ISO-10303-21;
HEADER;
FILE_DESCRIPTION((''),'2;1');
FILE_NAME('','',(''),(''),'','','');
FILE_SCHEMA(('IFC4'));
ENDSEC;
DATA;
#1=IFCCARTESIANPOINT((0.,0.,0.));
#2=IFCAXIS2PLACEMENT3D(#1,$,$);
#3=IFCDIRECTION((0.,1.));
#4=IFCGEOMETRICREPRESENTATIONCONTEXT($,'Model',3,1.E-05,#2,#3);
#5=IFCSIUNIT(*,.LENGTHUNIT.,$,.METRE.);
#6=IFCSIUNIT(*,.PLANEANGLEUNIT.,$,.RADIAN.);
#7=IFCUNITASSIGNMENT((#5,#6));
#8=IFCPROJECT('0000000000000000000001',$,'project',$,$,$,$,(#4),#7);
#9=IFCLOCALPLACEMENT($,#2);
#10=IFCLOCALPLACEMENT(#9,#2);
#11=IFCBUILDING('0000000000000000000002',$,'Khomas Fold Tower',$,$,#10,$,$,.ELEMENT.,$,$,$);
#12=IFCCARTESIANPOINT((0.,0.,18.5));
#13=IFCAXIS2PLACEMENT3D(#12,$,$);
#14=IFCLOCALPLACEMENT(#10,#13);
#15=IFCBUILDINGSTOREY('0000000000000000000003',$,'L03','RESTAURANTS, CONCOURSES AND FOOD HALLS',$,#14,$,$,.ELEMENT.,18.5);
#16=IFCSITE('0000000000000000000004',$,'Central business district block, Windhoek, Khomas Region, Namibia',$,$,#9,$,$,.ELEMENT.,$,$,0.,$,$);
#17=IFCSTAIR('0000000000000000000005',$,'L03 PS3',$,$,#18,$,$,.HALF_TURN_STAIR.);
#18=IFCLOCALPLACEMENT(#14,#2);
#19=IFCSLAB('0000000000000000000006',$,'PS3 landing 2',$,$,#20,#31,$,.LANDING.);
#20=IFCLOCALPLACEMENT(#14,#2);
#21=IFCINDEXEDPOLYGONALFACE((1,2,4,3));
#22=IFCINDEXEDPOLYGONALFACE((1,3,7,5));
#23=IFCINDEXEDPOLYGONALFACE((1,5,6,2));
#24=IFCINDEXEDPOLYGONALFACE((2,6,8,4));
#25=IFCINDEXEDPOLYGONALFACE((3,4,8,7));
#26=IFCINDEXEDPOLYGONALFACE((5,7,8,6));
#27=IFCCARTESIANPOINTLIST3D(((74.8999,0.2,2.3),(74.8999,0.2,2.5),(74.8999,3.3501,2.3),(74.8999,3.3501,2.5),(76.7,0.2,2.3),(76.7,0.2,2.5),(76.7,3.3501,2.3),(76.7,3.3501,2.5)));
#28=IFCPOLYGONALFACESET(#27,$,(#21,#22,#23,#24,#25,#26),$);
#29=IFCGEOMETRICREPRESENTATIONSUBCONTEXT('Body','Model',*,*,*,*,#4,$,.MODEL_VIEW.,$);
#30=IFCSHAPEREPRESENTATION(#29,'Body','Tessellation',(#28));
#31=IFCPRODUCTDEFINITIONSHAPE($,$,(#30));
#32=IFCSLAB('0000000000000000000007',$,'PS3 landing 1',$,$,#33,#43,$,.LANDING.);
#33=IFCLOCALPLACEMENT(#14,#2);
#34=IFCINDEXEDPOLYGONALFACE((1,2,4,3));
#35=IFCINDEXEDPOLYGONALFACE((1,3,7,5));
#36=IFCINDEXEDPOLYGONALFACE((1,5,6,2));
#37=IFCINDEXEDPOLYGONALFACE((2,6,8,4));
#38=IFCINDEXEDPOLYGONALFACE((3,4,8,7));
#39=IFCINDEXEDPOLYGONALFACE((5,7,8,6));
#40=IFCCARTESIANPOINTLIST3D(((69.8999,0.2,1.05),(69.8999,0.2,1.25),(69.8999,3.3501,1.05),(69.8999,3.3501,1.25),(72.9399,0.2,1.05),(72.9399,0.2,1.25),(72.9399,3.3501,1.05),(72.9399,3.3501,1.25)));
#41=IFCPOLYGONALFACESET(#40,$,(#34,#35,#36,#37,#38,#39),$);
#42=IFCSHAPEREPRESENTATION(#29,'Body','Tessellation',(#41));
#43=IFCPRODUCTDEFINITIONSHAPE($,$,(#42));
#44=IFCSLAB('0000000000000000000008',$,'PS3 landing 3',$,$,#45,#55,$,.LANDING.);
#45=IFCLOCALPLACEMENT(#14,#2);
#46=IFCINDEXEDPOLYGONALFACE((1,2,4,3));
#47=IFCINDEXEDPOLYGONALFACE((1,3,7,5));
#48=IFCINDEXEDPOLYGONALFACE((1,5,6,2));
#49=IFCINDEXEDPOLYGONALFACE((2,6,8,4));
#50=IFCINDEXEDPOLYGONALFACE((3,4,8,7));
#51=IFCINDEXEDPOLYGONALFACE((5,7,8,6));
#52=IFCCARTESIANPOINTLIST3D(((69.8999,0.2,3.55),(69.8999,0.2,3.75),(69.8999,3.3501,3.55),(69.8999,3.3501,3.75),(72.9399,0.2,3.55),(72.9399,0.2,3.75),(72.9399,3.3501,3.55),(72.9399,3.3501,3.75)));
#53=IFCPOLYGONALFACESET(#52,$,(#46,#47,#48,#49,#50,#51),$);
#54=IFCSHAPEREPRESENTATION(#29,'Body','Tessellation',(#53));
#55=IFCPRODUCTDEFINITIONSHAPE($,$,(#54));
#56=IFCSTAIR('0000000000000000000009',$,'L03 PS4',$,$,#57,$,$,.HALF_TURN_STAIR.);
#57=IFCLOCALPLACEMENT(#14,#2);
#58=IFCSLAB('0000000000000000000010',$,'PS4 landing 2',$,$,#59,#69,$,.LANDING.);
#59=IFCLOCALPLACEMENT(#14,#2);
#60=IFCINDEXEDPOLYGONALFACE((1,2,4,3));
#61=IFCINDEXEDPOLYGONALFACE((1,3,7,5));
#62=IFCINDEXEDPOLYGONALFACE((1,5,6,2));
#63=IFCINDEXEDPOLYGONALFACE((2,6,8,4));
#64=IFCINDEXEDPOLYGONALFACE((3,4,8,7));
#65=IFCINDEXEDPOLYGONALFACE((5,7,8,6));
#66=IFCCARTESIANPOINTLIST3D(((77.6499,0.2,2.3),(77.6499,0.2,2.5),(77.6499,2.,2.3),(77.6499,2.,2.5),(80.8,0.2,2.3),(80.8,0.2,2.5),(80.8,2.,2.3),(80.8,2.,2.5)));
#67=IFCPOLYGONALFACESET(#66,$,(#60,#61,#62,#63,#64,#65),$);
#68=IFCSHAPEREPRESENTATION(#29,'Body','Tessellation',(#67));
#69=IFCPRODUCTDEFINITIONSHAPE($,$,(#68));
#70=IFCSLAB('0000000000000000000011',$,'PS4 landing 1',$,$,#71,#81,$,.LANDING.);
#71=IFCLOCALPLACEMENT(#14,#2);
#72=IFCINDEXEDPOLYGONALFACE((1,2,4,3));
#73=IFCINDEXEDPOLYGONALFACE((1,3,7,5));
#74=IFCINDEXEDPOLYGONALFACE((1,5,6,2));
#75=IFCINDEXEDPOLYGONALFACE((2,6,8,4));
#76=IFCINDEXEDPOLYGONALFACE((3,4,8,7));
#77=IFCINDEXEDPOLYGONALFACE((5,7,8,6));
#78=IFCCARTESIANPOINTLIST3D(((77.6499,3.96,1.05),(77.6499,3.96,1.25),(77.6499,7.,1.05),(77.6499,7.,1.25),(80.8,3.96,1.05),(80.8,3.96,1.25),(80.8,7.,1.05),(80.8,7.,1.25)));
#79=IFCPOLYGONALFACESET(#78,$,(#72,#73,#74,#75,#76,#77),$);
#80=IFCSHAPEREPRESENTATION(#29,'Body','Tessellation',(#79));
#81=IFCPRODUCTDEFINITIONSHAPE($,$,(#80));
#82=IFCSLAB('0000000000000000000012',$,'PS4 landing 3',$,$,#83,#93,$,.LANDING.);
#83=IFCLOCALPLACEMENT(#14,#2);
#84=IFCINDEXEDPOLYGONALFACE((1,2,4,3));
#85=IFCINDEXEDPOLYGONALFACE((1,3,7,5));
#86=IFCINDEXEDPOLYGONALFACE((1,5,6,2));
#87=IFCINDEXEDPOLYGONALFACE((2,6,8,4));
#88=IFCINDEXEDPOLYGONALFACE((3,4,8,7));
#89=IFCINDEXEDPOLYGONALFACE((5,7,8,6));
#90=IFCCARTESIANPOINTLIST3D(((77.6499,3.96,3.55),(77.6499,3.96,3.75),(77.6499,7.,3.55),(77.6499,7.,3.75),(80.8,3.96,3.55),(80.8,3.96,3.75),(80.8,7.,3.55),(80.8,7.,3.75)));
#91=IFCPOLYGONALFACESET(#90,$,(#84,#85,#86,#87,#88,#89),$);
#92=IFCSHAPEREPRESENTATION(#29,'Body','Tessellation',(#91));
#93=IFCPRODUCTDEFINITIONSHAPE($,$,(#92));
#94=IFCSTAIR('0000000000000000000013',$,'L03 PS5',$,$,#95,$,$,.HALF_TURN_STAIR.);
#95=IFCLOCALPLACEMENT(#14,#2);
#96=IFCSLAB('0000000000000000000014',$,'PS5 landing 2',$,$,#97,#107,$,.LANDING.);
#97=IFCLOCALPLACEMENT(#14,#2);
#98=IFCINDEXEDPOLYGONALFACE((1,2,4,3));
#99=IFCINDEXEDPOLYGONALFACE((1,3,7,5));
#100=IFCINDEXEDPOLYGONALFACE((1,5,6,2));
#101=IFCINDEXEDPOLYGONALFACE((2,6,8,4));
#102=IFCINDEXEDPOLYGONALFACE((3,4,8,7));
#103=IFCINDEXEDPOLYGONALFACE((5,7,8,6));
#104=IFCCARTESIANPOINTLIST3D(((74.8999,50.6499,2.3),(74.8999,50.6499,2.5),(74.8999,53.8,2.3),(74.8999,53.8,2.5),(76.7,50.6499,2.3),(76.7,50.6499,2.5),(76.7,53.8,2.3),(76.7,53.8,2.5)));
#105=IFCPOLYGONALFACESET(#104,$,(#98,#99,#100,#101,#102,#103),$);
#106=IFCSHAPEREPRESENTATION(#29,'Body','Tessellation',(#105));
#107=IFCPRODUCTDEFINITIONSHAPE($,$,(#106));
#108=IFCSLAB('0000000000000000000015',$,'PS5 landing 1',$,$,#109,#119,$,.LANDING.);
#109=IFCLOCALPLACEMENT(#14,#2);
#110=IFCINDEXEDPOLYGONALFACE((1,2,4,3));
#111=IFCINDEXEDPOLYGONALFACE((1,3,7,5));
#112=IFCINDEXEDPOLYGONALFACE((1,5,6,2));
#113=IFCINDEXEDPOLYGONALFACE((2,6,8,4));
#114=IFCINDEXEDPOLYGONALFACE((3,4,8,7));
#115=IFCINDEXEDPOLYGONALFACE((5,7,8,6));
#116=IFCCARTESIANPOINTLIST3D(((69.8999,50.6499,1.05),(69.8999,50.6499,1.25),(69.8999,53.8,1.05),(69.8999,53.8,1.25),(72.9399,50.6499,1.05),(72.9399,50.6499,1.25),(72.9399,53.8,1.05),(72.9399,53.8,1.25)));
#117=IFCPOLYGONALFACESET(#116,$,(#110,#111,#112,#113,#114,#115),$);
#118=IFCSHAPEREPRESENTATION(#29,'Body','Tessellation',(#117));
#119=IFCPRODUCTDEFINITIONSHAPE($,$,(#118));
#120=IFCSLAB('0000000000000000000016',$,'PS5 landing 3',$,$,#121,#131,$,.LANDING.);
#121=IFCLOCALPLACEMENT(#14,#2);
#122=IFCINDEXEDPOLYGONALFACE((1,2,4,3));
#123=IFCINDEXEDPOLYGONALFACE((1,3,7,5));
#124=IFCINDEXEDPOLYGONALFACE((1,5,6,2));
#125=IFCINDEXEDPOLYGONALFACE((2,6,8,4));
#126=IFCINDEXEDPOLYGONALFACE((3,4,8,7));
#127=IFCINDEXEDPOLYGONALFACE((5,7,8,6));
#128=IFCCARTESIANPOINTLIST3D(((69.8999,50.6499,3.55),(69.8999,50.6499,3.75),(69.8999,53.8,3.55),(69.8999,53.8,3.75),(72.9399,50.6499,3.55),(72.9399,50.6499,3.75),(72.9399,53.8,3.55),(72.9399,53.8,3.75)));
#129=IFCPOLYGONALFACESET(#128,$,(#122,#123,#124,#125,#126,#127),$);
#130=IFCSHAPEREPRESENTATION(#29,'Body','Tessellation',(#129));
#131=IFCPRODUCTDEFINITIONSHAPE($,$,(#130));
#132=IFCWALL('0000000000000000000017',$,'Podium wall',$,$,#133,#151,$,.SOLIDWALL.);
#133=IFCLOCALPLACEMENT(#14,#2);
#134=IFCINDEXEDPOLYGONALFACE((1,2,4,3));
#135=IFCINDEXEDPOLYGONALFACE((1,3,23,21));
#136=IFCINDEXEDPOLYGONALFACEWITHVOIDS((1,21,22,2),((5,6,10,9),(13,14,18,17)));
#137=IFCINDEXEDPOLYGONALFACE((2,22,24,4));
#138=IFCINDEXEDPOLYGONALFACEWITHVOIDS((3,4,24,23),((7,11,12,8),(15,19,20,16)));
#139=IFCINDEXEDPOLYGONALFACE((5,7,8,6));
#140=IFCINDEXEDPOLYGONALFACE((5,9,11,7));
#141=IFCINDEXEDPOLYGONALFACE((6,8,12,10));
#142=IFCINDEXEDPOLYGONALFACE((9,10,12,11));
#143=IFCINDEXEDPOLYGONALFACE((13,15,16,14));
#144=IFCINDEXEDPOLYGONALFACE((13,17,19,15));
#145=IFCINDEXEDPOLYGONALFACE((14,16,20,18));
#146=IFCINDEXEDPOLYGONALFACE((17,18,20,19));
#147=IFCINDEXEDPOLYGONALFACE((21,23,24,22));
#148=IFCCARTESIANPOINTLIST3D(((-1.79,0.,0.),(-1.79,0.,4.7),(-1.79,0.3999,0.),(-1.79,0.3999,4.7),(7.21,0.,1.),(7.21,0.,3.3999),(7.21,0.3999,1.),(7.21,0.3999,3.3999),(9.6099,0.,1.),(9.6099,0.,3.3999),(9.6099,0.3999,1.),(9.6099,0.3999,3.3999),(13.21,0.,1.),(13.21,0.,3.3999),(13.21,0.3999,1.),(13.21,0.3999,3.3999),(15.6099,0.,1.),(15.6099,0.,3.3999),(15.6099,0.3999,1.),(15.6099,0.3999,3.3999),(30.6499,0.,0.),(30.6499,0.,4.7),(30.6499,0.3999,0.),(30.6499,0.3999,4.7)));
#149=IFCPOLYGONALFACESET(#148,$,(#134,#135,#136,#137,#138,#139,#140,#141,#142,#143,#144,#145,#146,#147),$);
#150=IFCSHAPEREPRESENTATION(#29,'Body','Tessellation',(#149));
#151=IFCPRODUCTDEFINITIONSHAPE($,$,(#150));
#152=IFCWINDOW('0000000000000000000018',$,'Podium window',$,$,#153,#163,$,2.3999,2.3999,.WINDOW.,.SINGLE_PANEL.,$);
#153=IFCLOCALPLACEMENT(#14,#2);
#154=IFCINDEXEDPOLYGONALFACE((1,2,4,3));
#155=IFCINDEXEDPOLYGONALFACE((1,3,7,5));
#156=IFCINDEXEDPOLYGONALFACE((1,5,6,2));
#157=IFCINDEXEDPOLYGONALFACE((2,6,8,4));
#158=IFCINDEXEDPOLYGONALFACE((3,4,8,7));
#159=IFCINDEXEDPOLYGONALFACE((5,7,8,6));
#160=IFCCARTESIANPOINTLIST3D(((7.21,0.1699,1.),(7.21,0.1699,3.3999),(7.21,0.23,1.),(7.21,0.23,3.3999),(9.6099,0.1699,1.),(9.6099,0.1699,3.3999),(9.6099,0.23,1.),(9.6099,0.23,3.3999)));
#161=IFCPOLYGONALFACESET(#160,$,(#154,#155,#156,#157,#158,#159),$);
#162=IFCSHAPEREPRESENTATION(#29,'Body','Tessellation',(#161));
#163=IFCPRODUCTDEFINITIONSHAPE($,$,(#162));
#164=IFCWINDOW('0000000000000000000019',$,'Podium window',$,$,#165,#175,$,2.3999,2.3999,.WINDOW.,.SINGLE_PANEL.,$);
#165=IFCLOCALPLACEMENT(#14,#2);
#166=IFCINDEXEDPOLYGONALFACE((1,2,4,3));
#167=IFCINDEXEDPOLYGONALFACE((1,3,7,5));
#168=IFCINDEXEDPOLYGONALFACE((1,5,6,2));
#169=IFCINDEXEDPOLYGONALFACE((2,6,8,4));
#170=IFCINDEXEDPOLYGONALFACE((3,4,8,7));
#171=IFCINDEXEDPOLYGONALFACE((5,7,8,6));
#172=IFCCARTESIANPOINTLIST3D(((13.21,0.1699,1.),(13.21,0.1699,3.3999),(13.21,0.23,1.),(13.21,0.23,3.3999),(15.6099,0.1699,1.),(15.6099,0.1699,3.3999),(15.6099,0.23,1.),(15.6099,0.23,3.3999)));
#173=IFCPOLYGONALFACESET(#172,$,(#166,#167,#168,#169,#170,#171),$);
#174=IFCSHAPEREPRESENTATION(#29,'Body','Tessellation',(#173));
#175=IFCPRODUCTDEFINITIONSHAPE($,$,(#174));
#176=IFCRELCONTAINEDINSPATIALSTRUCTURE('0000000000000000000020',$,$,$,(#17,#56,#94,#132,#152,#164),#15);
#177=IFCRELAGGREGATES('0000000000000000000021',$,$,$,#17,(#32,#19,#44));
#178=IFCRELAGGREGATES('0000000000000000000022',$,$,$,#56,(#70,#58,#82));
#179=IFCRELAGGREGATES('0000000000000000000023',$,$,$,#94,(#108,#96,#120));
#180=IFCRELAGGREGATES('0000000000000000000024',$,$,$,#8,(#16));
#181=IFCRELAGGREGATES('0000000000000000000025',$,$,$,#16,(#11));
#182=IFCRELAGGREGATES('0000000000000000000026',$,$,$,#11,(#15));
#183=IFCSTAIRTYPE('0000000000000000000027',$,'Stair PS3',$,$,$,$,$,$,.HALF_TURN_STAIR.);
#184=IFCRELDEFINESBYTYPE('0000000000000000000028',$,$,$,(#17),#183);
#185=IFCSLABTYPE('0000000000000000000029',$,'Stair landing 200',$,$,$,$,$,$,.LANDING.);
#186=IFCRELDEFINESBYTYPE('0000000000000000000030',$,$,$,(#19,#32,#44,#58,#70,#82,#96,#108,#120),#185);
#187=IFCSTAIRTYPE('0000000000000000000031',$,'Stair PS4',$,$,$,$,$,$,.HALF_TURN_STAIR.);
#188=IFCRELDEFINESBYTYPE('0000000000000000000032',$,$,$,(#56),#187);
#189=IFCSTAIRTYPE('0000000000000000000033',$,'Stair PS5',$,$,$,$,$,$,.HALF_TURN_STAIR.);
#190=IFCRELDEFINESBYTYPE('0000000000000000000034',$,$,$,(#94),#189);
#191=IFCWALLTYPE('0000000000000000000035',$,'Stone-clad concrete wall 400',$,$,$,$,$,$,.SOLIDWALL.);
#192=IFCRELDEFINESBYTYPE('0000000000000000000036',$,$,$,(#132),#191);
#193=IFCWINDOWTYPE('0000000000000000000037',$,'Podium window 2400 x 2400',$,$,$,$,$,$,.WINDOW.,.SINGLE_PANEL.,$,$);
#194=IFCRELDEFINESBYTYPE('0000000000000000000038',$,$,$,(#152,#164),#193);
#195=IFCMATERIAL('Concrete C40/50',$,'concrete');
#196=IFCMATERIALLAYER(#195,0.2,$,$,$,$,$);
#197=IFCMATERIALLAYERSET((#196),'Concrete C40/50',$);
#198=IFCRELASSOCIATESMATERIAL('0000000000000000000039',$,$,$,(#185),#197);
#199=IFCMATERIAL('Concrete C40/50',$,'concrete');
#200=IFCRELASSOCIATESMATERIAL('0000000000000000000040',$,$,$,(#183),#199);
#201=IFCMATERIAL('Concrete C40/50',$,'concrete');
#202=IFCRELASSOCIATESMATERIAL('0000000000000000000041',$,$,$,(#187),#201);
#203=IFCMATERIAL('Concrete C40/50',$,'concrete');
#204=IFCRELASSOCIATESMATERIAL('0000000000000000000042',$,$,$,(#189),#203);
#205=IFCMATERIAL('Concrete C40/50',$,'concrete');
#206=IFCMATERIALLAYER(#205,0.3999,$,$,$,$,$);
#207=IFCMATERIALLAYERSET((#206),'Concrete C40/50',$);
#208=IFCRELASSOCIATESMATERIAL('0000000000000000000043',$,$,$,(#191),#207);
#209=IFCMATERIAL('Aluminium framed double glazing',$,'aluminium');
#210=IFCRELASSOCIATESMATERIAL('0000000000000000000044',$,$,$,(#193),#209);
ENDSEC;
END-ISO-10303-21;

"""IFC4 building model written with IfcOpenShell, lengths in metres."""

from ifc_helpers import new_model, si_unit, direction, frame, frame_2d, origin, place, context, subcontext, project, spatial, polyline, rectangle, outline, extrude, source, transform, mapped, material, layer, layer_set, type_object, element, fill, aggregate, save


model = new_model("IFC4")

# Units and contexts
model_context = context("Model", 3, precision=1e-05, world=origin(), true_north=direction((0.0, 1.0)))
body_context = subcontext(model_context, "Body", "Model", "MODEL_VIEW")
ifc_project = project(units=[si_unit("LENGTHUNIT", "METRE"), si_unit("PLANEANGLEUNIT", "RADIAN")], contexts=[model_context])

# Site, building, storey
site_placement = place(None, origin())
site = spatial("IfcSite", under=ifc_project, at=site_placement, Name="Central business district block, Windhoek, Khomas Region, Namibia", CompositionType="ELEMENT", RefElevation=0.0)
building_placement = place(site_placement, origin())
building = spatial("IfcBuilding", under=site, at=building_placement, Name="Khomas Fold Tower", CompositionType="ELEMENT")
storey_placement = place(building_placement, frame((0.0, 0.0, 18.5)))
storey = spatial("IfcBuildingStorey", under=building, at=storey_placement, Name="L03", Description="RESTAURANTS, CONCOURSES AND FOOD HALLS", CompositionType="ELEMENT", Elevation=18.5)

# Shared definitions
ifc_material_1 = material(Name="Concrete C40/50", Category="concrete")
ifc_layer_1 = layer(ifc_material_1, 0.2)
ifc_layer_set_1 = layer_set([ifc_layer_1], Name="Concrete C40/50")
slab_type_1 = type_object("IfcSlabType", Name="Stair landing 200", PredefinedType="LANDING", material=ifc_layer_set_1)

# Stairs, slabs
ifc_material_2 = material(Name="Concrete C40/50", Category="concrete")
stair_type_1 = type_object("IfcStairType", Name="Stair PS3", PredefinedType="HALF_TURN_STAIR", material=ifc_material_2)
stair_1_placement = place(storey_placement, origin())
stair_1 = element("IfcStair", 1, at=stair_1_placement, inside=storey, type_object=stair_type_1, Name="L03 PS3", PredefinedType="HALF_TURN_STAIR")
shared_shape_1 = source(origin(), body_context, "Body", "SweptSolid", [
    extrude(outline(polyline([(76.7, 3.3501), (74.8999, 3.3501), (74.8999, 0.2), (76.7, 0.2), (76.7, 3.3501)])), origin(), (0.0, 0.0, 1.0), 0.2),
])
slab_1_placement = place(storey_placement, frame((0.0, 0.0, 2.3)))
slab_1 = element("IfcSlab", 2, at=slab_1_placement, type_object=slab_type_1, Name="PS3 landing 2", PredefinedType="LANDING", context=body_context, shape_type="MappedRepresentation", body=[
    mapped(shared_shape_1, transform((0.0, 0.0, 0.0))),
])
shared_shape_2 = source(origin(), body_context, "Body", "SweptSolid", [
    extrude(outline(polyline([(72.9399, 3.3501), (69.8999, 3.3501), (69.8999, 0.2), (72.9399, 0.2), (72.9399, 3.3501)])), origin(), (0.0, 0.0, 1.0), 0.2),
])
slab_2_placement = place(storey_placement, frame((0.0, 0.0, 1.05)))
slab_2 = element("IfcSlab", 3, at=slab_2_placement, type_object=slab_type_1, Name="PS3 landing 1", PredefinedType="LANDING", context=body_context, shape_type="MappedRepresentation", body=[
    mapped(shared_shape_2, transform((0.0, 0.0, 0.0))),
])
slab_3_placement = place(storey_placement, frame((0.0, 0.0, 3.55)))
slab_3 = element("IfcSlab", 4, at=slab_3_placement, type_object=slab_type_1, Name="PS3 landing 3", PredefinedType="LANDING", context=body_context, shape_type="MappedRepresentation", body=[
    mapped(shared_shape_2, transform((0.0, 0.0, 0.0))),
])
aggregate(stair_1, [slab_2, slab_1, slab_3])
ifc_material_3 = material(Name="Concrete C40/50", Category="concrete")
stair_type_2 = type_object("IfcStairType", Name="Stair PS4", PredefinedType="HALF_TURN_STAIR", material=ifc_material_3)
stair_2_placement = place(storey_placement, origin())
stair_2 = element("IfcStair", 5, at=stair_2_placement, inside=storey, type_object=stair_type_2, Name="L03 PS4", PredefinedType="HALF_TURN_STAIR")
shared_shape_3 = source(origin(), body_context, "Body", "SweptSolid", [
    extrude(outline(polyline([(80.8, 0.2), (80.8, 2.0), (77.6499, 2.0), (77.6499, 0.2), (80.8, 0.2)])), origin(), (0.0, 0.0, 1.0), 0.2),
])
slab_4_placement = place(storey_placement, frame((0.0, 0.0, 2.3)))
slab_4 = element("IfcSlab", 6, at=slab_4_placement, type_object=slab_type_1, Name="PS4 landing 2", PredefinedType="LANDING", context=body_context, shape_type="MappedRepresentation", body=[
    mapped(shared_shape_3, transform((0.0, 0.0, 0.0))),
])
shared_shape_4 = source(origin(), body_context, "Body", "SweptSolid", [
    extrude(outline(polyline([(80.8, 3.96), (80.8, 7.0), (77.6499, 7.0), (77.6499, 3.96), (80.8, 3.96)])), origin(), (0.0, 0.0, 1.0), 0.2),
])
slab_5_placement = place(storey_placement, frame((0.0, 0.0, 1.05)))
slab_5 = element("IfcSlab", 7, at=slab_5_placement, type_object=slab_type_1, Name="PS4 landing 1", PredefinedType="LANDING", context=body_context, shape_type="MappedRepresentation", body=[
    mapped(shared_shape_4, transform((0.0, 0.0, 0.0))),
])
slab_6_placement = place(storey_placement, frame((0.0, 0.0, 3.55)))
slab_6 = element("IfcSlab", 8, at=slab_6_placement, type_object=slab_type_1, Name="PS4 landing 3", PredefinedType="LANDING", context=body_context, shape_type="MappedRepresentation", body=[
    mapped(shared_shape_4, transform((0.0, 0.0, 0.0))),
])
aggregate(stair_2, [slab_5, slab_4, slab_6])
ifc_material_4 = material(Name="Concrete C40/50", Category="concrete")
stair_type_3 = type_object("IfcStairType", Name="Stair PS5", PredefinedType="HALF_TURN_STAIR", material=ifc_material_4)
stair_3_placement = place(storey_placement, origin())
stair_3 = element("IfcStair", 9, at=stair_3_placement, inside=storey, type_object=stair_type_3, Name="L03 PS5", PredefinedType="HALF_TURN_STAIR")
shared_shape_5 = source(origin(), body_context, "Body", "SweptSolid", [
    extrude(outline(polyline([(76.7, 53.8), (74.8999, 53.8), (74.8999, 50.6499), (76.7, 50.6499), (76.7, 53.8)])), origin(), (0.0, 0.0, 1.0), 0.2),
])
slab_7_placement = place(storey_placement, frame((0.0, 0.0, 2.3)))
slab_7 = element("IfcSlab", 10, at=slab_7_placement, type_object=slab_type_1, Name="PS5 landing 2", PredefinedType="LANDING", context=body_context, shape_type="MappedRepresentation", body=[
    mapped(shared_shape_5, transform((0.0, 0.0, 0.0))),
])
shared_shape_6 = source(origin(), body_context, "Body", "SweptSolid", [
    extrude(outline(polyline([(72.9399, 53.8), (69.8999, 53.8), (69.8999, 50.6499), (72.9399, 50.6499), (72.9399, 53.8)])), origin(), (0.0, 0.0, 1.0), 0.2),
])
slab_8_placement = place(storey_placement, frame((0.0, 0.0, 1.05)))
slab_8 = element("IfcSlab", 11, at=slab_8_placement, type_object=slab_type_1, Name="PS5 landing 1", PredefinedType="LANDING", context=body_context, shape_type="MappedRepresentation", body=[
    mapped(shared_shape_6, transform((0.0, 0.0, 0.0))),
])
slab_9_placement = place(storey_placement, frame((0.0, 0.0, 3.55)))
slab_9 = element("IfcSlab", 12, at=slab_9_placement, type_object=slab_type_1, Name="PS5 landing 3", PredefinedType="LANDING", context=body_context, shape_type="MappedRepresentation", body=[
    mapped(shared_shape_6, transform((0.0, 0.0, 0.0))),
])
aggregate(stair_3, [slab_8, slab_7, slab_9])

# Wall, openings, windows
ifc_material_5 = material(Name="Concrete C40/50", Category="concrete")
ifc_layer_2 = layer(ifc_material_5, 0.3999)
ifc_layer_set_2 = layer_set([ifc_layer_2], Name="Concrete C40/50")
wall_type_1 = type_object("IfcWallType", Name="Stone-clad concrete wall 400", PredefinedType="SOLIDWALL", material=ifc_layer_set_2)
shared_shape_7 = source(origin(), body_context, "Body", "SweptSolid", [
    extrude(rectangle(XDim=32.4399, YDim=0.3999, at=frame_2d((16.22, 0.0))), origin(), (0.0, 0.0, 1.0), 4.7),
])
wall_1_placement = place(storey_placement, frame((-1.79, 0.2, 0.0), z_axis=(0.0, 0.0, 1.0), x_axis=(1.0, 0.0, 0.0)))
wall_1 = element("IfcWall", 13, at=wall_1_placement, inside=storey, type_object=wall_type_1, Name="Podium wall", PredefinedType="SOLIDWALL", context=body_context, shape_type="MappedRepresentation", body=[
    mapped(shared_shape_7, transform((0.0, 0.0, 0.0))),
])
shared_shape_8 = source(origin(), body_context, "Body", "SweptSolid", [
    extrude(rectangle(XDim=2.3999, YDim=2.3999, at=frame_2d((1.2, 1.2))), frame((0.0, 0.21, 0.0), z_axis=(0.0, -1.0, 0.0), x_axis=(1.0, 0.0, 0.0)), (0.0, 0.0, 1.0), 0.4199),
])
opening_1_placement = place(wall_1_placement, frame((9.0, 0.0, 1.0)))
opening_1 = element("IfcOpeningElement", 14, at=opening_1_placement, cuts=wall_1, PredefinedType="OPENING", context=body_context, shape_type="MappedRepresentation", body=[
    mapped(shared_shape_8, transform((0.0, 0.0, 0.0))),
])
opening_2_placement = place(wall_1_placement, frame((15.0, 0.0, 1.0)))
opening_2 = element("IfcOpeningElement", 15, at=opening_2_placement, cuts=wall_1, PredefinedType="OPENING", context=body_context, shape_type="MappedRepresentation", body=[
    mapped(shared_shape_8, transform((0.0, 0.0, 0.0))),
])
ifc_material_6 = material(Name="Aluminium framed double glazing", Category="aluminium")
window_type = type_object("IfcWindowType", Name="Podium window 2400 x 2400", PartitioningType="SINGLE_PANEL", PredefinedType="WINDOW", material=ifc_material_6)
shared_shape_9 = source(origin(), body_context, "Body", "SweptSolid", [
    extrude(rectangle(XDim=2.3999, YDim=2.3999, at=frame_2d((1.2, 1.2))), frame((0.0, 0.03, 0.0), z_axis=(0.0, -1.0, 0.0), x_axis=(1.0, 0.0, 0.0)), (0.0, 0.0, 1.0), 0.0601),
])
window_1_placement = place(opening_1_placement, origin())
window_1 = element("IfcWindow", 16, at=window_1_placement, inside=storey, type_object=window_type, Name="Podium window", OverallHeight=2.3999, OverallWidth=2.3999, PartitioningType="SINGLE_PANEL", PredefinedType="WINDOW", context=body_context, shape_type="MappedRepresentation", body=[
    mapped(shared_shape_9, transform((0.0, 0.0, 0.0))),
])
fill(opening_1, window_1)
window_2_placement = place(opening_2_placement, origin())
window_2 = element("IfcWindow", 17, at=window_2_placement, inside=storey, type_object=window_type, Name="Podium window", OverallHeight=2.3999, OverallWidth=2.3999, PartitioningType="SINGLE_PANEL", PredefinedType="WINDOW", context=body_context, shape_type="MappedRepresentation", body=[
    mapped(shared_shape_9, transform((0.0, 0.0, 0.0))),
])
fill(opening_2, window_2)

save(model, "model.ifc")
